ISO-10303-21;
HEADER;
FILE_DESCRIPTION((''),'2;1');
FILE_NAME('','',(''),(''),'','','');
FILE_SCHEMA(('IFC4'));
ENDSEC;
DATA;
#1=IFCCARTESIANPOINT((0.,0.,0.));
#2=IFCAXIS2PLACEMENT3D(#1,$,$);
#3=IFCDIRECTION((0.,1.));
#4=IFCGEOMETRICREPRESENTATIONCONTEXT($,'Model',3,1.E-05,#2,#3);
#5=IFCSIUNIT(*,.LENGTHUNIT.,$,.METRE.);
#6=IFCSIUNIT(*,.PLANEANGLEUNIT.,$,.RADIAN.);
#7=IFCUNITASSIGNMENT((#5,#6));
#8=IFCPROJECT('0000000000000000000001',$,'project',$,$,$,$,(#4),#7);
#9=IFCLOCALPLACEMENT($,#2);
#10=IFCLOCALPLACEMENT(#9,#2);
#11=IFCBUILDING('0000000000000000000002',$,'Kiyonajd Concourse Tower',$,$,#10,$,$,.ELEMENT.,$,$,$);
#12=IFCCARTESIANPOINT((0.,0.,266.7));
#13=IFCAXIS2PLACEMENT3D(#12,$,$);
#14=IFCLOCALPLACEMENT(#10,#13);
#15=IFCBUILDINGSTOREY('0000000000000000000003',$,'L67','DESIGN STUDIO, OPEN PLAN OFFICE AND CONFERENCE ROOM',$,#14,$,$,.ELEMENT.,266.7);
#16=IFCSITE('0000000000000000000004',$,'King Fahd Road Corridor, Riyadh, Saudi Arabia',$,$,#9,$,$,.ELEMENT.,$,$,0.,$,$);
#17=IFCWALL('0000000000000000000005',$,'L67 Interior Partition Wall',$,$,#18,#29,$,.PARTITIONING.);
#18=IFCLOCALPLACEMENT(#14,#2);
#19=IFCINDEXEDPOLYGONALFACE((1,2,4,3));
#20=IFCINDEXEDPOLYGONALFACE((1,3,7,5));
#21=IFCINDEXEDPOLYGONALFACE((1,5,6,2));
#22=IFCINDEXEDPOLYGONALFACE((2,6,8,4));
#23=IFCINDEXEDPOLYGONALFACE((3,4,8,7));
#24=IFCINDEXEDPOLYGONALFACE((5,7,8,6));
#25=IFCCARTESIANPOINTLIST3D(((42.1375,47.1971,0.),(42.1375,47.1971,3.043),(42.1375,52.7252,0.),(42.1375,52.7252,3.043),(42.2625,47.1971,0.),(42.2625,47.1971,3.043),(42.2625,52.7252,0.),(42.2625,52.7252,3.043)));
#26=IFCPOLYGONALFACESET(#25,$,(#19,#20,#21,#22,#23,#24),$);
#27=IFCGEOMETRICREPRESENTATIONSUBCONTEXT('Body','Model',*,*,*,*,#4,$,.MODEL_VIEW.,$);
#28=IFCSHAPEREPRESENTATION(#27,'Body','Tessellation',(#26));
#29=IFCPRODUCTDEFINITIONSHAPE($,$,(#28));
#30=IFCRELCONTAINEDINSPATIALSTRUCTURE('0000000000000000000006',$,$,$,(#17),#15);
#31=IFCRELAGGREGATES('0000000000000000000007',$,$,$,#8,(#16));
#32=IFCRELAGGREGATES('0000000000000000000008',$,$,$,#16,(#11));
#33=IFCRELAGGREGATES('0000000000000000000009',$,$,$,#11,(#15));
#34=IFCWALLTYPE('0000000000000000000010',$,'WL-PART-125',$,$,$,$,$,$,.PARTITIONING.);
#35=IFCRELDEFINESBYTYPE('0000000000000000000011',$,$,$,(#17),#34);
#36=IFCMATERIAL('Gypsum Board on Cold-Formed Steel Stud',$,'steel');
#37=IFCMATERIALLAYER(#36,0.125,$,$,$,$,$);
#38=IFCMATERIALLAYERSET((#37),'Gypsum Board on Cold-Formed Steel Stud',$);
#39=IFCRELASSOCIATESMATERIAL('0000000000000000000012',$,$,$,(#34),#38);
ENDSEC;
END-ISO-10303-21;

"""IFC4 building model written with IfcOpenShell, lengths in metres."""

from ifc_helpers import new_model, si_unit, direction, frame, frame_2d, origin, place, context, subcontext, project, spatial, rectangle, extrude, material, layer, layer_set, type_object, element, save


model = new_model("IFC4")

# Units and contexts
model_context = context("Model", 3, precision=1e-05, world=origin(), true_north=direction((0.0, 1.0)))
body_context = subcontext(model_context, "Body", "Model", "MODEL_VIEW")
ifc_project = project(units=[si_unit("LENGTHUNIT", "METRE"), si_unit("PLANEANGLEUNIT", "RADIAN")], contexts=[model_context])

# Site, building, storey
site_placement = place(None, origin())
site = spatial("IfcSite", under=ifc_project, at=site_placement, Name="King Fahd Road Corridor, Riyadh, Saudi Arabia", CompositionType="ELEMENT", RefElevation=0.0)
building_placement = place(site_placement, origin())
building = spatial("IfcBuilding", under=site, at=building_placement, Name="Kiyonajd Concourse Tower", CompositionType="ELEMENT")
storey_placement = place(building_placement, frame((0.0, 0.0, 266.7)))
storey = spatial("IfcBuildingStorey", under=building, at=storey_placement, Name="L67", Description="DESIGN STUDIO, OPEN PLAN OFFICE AND CONFERENCE ROOM", CompositionType="ELEMENT", Elevation=266.7)

# Wall
ifc_material_1 = material(Name="Gypsum Board on Cold-Formed Steel Stud", Category="steel")
ifc_layer_1 = layer(ifc_material_1, 0.125)
ifc_layer_set_1 = layer_set([ifc_layer_1], Name="Gypsum Board on Cold-Formed Steel Stud")
wall_type_1 = type_object("IfcWallType", Name="WL-PART-125", PredefinedType="PARTITIONING", material=ifc_layer_set_1)
wall_1_placement = place(storey_placement, frame((42.2, 47.197, 0.0), z_axis=(0.0, 0.0, 1.0), x_axis=(0.0, 1.0, 0.0)))
element("IfcWall", 1, at=wall_1_placement, inside=storey, type_object=wall_type_1, Name="L67 Interior Partition Wall", PredefinedType="PARTITIONING", context=body_context, shape_type="SweptSolid", body=[
    extrude(rectangle(XDim=5.5281, YDim=0.125, at=frame_2d((2.7642, 0.0))), origin(), (0.0, 0.0, 1.0), 3.043),
])

save(model, "model.ifc")
